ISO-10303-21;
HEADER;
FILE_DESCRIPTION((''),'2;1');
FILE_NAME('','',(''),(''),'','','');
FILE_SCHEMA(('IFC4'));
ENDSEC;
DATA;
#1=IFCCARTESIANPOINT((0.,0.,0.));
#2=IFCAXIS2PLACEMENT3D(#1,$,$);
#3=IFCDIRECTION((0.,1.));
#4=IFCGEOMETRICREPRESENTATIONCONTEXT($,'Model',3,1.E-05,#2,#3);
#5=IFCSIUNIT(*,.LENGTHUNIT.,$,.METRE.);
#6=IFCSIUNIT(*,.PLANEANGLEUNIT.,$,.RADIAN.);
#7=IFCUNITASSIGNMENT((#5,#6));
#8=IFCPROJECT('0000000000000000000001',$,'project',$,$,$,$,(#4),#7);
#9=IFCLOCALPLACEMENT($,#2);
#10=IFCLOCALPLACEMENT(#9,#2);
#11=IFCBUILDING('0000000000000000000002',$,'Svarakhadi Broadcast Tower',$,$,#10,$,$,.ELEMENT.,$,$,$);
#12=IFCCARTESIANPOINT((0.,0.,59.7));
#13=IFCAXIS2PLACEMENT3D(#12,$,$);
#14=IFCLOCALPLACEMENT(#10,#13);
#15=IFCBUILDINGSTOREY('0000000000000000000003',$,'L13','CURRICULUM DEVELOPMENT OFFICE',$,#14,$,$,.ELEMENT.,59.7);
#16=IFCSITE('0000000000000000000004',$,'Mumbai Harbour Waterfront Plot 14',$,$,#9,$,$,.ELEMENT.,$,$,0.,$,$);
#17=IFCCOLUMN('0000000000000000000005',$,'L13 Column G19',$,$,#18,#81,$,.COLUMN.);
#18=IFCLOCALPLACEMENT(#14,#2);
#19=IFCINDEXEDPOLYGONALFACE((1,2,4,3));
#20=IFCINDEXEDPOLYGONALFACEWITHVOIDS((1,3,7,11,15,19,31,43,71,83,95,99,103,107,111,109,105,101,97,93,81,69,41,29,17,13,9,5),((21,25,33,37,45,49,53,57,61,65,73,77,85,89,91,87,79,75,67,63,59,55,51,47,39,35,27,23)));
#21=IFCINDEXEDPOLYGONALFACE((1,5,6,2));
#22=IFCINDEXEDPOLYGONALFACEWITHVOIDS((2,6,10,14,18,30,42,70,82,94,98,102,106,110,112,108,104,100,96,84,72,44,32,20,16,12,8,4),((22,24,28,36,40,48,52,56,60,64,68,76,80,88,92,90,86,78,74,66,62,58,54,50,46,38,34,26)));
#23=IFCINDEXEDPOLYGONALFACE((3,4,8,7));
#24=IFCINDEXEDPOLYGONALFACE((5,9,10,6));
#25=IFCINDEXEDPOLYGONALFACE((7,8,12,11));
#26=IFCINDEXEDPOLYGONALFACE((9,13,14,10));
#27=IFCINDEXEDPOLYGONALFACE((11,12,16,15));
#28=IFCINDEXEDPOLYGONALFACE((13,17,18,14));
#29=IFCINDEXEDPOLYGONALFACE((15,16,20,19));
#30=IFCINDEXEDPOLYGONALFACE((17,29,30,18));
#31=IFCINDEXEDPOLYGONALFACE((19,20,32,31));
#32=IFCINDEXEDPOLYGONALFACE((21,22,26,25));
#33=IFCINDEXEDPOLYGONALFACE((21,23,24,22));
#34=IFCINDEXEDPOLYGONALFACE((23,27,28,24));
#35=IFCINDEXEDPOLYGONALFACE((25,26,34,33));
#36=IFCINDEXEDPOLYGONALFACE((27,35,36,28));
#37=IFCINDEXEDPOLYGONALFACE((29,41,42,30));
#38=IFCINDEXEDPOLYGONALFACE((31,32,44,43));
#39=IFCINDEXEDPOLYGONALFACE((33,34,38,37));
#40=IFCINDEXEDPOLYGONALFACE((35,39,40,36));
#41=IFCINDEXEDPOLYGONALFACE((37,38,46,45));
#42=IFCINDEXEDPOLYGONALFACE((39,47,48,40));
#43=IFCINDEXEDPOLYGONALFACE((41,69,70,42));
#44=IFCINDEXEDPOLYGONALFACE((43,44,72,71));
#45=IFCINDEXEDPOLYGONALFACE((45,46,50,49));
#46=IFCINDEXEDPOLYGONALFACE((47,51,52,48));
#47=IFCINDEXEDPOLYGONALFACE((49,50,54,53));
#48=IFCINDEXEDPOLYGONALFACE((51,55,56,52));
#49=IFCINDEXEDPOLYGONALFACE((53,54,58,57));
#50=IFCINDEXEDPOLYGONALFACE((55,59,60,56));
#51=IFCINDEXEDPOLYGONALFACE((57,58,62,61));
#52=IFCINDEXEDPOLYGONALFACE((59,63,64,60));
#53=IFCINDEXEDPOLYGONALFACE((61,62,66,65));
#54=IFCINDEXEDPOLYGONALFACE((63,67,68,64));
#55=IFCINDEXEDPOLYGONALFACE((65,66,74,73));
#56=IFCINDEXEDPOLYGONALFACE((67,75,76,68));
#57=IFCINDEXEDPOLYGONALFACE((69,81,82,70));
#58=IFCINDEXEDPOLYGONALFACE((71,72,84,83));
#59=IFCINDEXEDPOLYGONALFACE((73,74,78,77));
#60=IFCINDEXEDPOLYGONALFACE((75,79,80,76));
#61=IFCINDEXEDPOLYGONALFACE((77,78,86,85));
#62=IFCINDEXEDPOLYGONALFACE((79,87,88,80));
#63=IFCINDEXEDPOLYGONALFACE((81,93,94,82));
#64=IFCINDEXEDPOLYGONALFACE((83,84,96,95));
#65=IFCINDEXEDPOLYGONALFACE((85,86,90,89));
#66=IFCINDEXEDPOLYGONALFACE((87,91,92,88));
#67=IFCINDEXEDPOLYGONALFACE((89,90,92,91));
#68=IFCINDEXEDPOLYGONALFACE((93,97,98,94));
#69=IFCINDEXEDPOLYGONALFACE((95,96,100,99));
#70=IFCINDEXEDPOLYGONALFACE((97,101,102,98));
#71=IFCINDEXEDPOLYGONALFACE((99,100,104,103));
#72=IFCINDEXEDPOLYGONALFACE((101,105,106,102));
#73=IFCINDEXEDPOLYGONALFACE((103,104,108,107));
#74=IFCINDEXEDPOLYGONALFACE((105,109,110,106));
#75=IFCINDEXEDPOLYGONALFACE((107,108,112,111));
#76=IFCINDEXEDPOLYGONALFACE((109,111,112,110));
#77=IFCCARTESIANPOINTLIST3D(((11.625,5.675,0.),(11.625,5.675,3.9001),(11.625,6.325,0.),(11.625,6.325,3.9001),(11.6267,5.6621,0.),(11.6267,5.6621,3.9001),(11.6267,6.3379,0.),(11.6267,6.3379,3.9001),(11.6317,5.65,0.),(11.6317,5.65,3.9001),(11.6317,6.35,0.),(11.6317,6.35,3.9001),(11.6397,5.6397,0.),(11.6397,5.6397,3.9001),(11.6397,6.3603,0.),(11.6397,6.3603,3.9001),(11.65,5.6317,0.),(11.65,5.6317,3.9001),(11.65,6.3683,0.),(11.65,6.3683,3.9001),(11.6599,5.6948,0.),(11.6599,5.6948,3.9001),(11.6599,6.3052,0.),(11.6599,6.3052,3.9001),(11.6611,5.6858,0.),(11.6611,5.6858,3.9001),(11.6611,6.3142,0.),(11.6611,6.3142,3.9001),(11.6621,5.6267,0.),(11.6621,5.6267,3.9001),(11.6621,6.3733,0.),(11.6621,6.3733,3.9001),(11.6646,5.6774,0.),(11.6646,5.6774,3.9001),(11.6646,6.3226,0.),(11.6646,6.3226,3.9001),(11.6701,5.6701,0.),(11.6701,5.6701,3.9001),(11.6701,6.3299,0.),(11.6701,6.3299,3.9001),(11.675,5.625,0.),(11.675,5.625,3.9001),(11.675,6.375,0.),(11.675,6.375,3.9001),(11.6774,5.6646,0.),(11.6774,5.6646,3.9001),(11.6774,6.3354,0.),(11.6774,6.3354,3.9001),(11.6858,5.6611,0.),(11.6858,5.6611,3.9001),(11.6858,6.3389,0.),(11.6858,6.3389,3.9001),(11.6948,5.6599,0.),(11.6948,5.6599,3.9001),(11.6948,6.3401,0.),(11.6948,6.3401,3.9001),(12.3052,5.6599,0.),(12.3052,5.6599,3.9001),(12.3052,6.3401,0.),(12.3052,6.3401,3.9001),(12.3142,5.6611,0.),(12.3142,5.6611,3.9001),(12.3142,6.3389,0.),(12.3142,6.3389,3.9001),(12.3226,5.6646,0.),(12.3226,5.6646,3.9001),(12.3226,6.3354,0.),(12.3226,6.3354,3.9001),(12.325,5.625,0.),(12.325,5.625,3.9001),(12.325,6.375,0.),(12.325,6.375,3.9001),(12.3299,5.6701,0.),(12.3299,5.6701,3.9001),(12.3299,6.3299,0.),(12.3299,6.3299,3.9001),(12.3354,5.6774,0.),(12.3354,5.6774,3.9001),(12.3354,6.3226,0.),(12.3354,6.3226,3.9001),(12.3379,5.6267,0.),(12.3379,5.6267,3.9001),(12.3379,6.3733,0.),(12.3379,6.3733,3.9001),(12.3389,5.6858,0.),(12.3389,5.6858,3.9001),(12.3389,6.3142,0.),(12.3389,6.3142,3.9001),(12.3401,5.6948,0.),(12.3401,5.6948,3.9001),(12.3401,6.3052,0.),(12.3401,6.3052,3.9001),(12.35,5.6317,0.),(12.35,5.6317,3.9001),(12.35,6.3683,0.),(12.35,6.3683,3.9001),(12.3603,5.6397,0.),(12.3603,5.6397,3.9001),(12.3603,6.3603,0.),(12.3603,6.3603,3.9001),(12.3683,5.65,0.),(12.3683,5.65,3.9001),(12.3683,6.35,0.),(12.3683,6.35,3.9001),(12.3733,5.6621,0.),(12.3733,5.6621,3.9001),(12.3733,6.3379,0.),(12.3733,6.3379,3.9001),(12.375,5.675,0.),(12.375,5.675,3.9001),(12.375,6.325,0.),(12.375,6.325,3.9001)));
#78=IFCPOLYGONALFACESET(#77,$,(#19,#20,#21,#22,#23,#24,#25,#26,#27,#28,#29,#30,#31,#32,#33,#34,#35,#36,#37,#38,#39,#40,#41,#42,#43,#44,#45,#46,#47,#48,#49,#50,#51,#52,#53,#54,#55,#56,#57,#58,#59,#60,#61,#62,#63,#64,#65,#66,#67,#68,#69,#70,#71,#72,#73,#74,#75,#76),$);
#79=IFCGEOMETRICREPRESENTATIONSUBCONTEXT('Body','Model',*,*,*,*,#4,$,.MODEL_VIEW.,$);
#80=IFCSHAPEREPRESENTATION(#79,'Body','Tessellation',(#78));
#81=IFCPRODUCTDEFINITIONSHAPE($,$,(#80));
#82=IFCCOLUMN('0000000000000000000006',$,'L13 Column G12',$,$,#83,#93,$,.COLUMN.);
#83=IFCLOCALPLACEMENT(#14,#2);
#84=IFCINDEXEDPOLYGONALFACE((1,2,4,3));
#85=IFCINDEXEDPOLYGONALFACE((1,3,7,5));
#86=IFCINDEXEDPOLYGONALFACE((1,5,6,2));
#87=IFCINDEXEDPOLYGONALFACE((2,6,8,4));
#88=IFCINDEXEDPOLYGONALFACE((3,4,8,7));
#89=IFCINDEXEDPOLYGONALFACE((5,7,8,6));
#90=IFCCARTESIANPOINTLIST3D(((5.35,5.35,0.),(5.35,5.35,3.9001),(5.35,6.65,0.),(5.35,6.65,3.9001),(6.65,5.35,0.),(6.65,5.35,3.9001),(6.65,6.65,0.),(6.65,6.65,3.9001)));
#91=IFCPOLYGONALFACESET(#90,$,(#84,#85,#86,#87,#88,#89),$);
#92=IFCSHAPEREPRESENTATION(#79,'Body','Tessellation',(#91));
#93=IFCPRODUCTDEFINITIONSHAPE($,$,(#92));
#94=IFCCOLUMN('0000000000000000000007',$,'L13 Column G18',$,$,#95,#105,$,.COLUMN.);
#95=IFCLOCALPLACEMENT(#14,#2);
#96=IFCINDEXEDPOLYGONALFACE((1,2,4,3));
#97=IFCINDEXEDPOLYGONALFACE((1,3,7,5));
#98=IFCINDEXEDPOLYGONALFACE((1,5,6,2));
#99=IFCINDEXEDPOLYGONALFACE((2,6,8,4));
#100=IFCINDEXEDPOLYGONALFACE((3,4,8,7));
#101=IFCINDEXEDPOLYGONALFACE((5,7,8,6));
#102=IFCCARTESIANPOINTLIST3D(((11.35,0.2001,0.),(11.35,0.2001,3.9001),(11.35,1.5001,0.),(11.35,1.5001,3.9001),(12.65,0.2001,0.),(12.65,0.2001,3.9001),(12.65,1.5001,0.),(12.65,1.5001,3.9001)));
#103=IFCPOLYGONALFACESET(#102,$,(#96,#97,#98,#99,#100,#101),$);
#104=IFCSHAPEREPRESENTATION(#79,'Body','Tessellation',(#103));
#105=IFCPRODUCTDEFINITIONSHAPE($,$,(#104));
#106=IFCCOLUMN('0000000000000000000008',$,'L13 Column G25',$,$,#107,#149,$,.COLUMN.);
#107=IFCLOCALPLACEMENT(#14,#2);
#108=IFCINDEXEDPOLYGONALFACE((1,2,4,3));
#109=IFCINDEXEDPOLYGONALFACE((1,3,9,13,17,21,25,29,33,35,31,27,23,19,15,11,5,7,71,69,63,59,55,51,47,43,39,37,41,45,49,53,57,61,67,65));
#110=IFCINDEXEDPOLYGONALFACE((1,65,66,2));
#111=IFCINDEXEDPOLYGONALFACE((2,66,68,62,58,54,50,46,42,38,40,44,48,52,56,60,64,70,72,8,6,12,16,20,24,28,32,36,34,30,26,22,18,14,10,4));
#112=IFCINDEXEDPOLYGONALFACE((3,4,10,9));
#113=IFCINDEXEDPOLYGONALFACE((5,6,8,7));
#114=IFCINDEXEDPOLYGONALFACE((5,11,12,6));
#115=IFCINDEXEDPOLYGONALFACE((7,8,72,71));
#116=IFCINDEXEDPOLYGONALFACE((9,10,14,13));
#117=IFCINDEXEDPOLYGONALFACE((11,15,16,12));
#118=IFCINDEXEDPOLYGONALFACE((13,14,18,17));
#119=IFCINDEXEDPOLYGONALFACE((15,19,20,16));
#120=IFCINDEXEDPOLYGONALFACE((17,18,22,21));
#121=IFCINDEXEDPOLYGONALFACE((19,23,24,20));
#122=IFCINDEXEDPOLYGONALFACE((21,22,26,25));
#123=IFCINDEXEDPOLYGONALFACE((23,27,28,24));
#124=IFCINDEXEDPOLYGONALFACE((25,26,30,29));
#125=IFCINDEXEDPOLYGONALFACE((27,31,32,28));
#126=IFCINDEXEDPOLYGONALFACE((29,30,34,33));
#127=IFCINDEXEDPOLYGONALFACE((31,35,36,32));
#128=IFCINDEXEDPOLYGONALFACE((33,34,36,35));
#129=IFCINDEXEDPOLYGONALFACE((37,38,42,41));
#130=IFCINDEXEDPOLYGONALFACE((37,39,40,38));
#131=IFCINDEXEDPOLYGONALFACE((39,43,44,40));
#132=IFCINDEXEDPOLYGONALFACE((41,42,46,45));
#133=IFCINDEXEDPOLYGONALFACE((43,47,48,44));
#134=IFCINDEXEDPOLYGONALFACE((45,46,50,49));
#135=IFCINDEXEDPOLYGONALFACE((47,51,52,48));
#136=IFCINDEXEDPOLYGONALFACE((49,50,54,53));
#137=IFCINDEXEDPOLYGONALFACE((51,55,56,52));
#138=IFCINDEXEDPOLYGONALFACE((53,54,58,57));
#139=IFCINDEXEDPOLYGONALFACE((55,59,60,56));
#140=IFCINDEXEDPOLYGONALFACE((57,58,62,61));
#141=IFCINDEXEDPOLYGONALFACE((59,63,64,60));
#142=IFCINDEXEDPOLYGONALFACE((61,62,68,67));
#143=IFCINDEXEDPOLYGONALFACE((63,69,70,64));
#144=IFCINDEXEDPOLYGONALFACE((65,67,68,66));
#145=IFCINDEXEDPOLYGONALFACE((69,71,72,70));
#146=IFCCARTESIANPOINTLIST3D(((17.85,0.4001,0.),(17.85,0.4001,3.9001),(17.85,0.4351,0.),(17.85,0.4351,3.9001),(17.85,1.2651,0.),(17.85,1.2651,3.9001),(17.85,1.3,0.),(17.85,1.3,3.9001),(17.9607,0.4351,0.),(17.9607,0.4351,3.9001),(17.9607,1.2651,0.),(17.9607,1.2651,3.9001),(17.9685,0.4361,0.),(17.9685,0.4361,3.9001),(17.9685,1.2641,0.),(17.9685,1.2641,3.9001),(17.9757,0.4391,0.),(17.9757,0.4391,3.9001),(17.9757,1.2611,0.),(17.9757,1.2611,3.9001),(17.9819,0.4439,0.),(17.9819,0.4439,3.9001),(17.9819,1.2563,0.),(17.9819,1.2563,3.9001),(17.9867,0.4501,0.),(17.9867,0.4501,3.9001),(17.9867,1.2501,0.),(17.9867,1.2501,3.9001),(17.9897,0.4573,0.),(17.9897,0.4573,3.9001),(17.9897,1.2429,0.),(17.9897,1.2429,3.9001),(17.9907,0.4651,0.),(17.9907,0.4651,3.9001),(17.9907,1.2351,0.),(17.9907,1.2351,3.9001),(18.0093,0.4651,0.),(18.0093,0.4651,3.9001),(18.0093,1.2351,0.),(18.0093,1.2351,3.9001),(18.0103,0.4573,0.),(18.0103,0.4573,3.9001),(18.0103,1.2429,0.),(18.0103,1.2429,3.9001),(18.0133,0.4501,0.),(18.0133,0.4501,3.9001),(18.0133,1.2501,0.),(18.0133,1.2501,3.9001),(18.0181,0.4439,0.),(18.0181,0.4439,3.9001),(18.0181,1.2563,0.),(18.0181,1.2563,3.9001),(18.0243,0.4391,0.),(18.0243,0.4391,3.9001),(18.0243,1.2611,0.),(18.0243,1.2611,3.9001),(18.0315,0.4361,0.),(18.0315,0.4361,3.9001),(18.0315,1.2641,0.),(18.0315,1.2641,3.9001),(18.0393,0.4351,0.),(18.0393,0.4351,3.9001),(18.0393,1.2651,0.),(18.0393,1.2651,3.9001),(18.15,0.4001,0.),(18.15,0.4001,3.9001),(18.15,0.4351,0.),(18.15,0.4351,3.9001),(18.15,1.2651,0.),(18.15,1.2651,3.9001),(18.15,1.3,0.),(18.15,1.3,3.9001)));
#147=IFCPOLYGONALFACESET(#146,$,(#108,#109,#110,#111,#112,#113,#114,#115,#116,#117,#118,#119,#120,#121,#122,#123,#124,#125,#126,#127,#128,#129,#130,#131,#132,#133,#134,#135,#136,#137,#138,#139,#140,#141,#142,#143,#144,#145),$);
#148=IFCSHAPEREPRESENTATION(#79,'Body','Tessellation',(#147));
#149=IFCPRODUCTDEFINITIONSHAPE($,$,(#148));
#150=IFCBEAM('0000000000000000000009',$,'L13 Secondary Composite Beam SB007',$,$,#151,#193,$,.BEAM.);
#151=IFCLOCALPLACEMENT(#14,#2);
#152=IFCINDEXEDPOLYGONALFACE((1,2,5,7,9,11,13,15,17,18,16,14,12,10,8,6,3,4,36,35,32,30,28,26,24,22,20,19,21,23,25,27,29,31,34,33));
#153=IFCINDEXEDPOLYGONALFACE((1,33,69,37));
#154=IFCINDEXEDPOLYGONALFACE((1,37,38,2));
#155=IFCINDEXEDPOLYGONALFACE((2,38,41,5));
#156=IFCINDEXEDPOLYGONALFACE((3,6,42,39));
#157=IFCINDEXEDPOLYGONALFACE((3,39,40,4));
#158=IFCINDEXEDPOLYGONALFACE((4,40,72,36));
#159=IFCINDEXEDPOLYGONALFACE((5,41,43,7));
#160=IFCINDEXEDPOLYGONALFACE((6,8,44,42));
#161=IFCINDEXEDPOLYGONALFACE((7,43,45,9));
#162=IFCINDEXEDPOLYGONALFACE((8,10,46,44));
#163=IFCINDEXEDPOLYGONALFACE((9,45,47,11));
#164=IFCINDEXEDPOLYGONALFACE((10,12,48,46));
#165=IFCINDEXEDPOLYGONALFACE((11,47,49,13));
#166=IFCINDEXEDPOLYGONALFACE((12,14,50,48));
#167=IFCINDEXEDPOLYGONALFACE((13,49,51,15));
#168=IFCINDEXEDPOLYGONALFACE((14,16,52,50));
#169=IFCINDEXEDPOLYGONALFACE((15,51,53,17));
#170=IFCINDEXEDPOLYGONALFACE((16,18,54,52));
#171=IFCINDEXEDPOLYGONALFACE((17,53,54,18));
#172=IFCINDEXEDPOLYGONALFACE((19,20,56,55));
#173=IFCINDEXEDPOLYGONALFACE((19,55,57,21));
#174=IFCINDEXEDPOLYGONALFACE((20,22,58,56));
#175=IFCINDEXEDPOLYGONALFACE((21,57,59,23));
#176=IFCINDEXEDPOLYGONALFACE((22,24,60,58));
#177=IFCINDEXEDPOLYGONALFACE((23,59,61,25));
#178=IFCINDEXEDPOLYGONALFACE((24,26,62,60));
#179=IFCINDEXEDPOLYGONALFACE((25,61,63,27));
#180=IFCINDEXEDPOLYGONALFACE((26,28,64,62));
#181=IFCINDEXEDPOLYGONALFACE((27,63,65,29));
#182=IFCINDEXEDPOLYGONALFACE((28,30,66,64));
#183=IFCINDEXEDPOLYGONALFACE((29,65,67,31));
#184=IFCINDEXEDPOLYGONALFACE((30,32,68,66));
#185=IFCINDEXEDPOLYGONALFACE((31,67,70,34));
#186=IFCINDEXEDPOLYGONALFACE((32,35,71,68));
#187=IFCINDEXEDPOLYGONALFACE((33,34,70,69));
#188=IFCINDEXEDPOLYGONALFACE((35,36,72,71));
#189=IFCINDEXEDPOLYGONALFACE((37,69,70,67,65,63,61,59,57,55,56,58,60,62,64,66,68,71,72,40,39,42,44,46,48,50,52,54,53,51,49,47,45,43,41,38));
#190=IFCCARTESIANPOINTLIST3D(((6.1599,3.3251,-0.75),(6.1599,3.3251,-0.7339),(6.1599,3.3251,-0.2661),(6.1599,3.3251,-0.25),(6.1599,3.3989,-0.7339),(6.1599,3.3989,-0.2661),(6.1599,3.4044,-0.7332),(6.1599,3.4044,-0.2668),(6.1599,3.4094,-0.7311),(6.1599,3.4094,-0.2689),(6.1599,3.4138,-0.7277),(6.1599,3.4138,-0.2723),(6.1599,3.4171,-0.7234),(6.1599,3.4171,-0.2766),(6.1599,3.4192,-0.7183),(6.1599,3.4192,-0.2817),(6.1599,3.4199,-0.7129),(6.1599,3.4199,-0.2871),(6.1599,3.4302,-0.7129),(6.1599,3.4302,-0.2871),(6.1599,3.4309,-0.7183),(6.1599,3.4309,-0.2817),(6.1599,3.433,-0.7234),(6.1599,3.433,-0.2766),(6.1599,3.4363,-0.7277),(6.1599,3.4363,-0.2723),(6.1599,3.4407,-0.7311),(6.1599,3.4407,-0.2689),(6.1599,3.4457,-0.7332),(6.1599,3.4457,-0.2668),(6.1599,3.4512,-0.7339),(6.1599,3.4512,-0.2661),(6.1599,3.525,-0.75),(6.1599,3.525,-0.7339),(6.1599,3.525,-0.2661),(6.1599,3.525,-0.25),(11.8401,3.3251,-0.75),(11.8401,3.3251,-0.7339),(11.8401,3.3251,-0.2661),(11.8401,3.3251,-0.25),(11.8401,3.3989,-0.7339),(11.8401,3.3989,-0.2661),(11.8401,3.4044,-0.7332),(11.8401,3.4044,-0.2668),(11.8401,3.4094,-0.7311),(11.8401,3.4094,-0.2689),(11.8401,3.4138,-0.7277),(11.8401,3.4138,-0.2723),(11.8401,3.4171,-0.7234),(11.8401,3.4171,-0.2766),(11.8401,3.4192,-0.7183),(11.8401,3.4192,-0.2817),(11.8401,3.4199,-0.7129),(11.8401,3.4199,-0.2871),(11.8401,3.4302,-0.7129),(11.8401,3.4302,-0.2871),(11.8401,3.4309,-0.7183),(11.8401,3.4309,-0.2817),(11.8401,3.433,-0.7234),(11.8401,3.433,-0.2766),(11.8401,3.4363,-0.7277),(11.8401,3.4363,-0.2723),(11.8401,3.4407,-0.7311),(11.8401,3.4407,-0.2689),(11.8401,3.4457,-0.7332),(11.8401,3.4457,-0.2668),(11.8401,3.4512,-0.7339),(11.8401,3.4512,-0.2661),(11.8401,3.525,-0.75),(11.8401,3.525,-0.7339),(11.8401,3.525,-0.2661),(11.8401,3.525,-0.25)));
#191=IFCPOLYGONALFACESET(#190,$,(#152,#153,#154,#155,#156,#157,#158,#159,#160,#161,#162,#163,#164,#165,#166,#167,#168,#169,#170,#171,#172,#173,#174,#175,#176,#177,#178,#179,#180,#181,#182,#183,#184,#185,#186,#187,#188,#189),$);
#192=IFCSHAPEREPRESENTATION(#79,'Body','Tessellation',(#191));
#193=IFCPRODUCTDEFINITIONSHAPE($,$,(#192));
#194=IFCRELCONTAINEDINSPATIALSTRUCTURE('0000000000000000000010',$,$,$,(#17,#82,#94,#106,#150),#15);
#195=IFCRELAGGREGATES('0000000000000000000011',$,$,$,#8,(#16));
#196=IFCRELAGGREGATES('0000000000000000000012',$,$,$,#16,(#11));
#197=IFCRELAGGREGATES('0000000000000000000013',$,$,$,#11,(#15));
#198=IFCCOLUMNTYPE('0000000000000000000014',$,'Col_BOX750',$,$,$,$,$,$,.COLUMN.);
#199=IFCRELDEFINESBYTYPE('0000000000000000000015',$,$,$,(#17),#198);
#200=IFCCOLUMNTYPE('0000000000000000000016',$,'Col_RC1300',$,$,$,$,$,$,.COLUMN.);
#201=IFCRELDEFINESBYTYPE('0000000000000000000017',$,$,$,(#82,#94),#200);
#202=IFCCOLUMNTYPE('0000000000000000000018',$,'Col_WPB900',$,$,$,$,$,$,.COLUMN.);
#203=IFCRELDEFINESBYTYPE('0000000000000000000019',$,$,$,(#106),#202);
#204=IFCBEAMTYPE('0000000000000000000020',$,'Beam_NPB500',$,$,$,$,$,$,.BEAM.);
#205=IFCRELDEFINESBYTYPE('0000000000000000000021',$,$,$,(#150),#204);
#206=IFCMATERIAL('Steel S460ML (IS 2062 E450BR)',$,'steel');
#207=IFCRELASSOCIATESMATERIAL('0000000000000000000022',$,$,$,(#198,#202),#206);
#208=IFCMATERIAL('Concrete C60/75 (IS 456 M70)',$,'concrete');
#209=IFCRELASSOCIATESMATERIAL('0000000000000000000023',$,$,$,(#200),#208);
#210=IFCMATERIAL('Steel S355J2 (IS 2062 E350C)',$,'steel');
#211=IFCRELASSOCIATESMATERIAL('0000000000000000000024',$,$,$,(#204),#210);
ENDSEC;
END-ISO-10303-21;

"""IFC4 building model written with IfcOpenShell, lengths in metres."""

from ifc_helpers import new_model, si_unit, direction, frame, origin, origin_2d, place, context, subcontext, project, spatial, rectangle, hollow_rectangle, i_section, extrude, material, material_profile, profile_set, type_object, element, save


model = new_model("IFC4")

# Units and contexts
model_context = context("Model", 3, precision=1e-05, world=origin(), true_north=direction((0.0, 1.0)))
body_context = subcontext(model_context, "Body", "Model", "MODEL_VIEW")
ifc_project = project(units=[si_unit("LENGTHUNIT", "METRE"), si_unit("PLANEANGLEUNIT", "RADIAN")], contexts=[model_context])

# Site, building, storey
site_placement = place(None, origin())
site = spatial("IfcSite", under=ifc_project, at=site_placement, Name="Mumbai Harbour Waterfront Plot 14", CompositionType="ELEMENT", RefElevation=0.0)
building_placement = place(site_placement, origin())
building = spatial("IfcBuilding", under=site, at=building_placement, Name="Svarakhadi Broadcast Tower", CompositionType="ELEMENT")
storey_placement = place(building_placement, frame((0.0, 0.0, 59.7)))
storey = spatial("IfcBuildingStorey", under=building, at=storey_placement, Name="L13", Description="CURRICULUM DEVELOPMENT OFFICE", CompositionType="ELEMENT", Elevation=59.7)

# Columns
ifc_material_1 = material(Name="Steel S460ML (IS 2062 E450BR)", Category="steel")
ifc_material_profile_1 = material_profile(ifc_material_1, hollow_rectangle(XDim=0.75, YDim=0.75, WallThickness=0.0349, InnerFilletRadius=0.0349, OuterFilletRadius=0.05, at=origin_2d()), Name="BOX 750x750x35")
ifc_profile_set_1 = profile_set([ifc_material_profile_1], Name="Steel S460ML (IS 2062 E450BR)")
column_type_1 = type_object("IfcColumnType", Name="Col_BOX750", PredefinedType="COLUMN", material=ifc_profile_set_1)
column_1_placement = place(storey_placement, frame((12.0, 6.0, 0.0), z_axis=(0.0, 0.0, 1.0), x_axis=(1.0, 0.0, 0.0)))
element("IfcColumn", 1, at=column_1_placement, inside=storey, type_object=column_type_1, Name="L13 Column G19", PredefinedType="COLUMN", context=body_context, shape_type="SweptSolid", body=[
    extrude(hollow_rectangle(XDim=0.75, YDim=0.75, WallThickness=0.0349, InnerFilletRadius=0.0349, OuterFilletRadius=0.05, at=origin_2d()), origin(), (0.0, 0.0, 1.0), 3.9001),
])
ifc_material_2 = material(Name="Concrete C60/75 (IS 456 M70)", Category="concrete")
ifc_material_profile_2 = material_profile(ifc_material_2, rectangle(XDim=1.3, YDim=1.3, at=origin_2d()), Name="RC 1300x1300")
ifc_profile_set_2 = profile_set([ifc_material_profile_2], Name="Concrete C60/75 (IS 456 M70)")
column_type_2 = type_object("IfcColumnType", Name="Col_RC1300", PredefinedType="COLUMN", material=ifc_profile_set_2)
for number, where, z_axis, x_axis, name in (
    (2, (6.0, 6.0, 0.0), (0.0, 0.0, 1.0), (1.0, 0.0, 0.0), "L13 Column G12"),
    (3, (12.0, 0.8501, 0.0), (0.0, 0.0, 1.0), (1.0, 0.0, 0.0), "L13 Column G18"),
):
    element("IfcColumn", number, at=place(storey_placement, frame(where, z_axis=z_axis, x_axis=x_axis)), inside=storey, type_object=column_type_2, Name=name, PredefinedType="COLUMN", context=body_context, shape_type="SweptSolid", body=[
        extrude(rectangle(XDim=1.3, YDim=1.3, at=origin_2d()), origin(), (0.0, 0.0, 1.0), 3.9001),
    ])
ifc_material_profile_3 = material_profile(ifc_material_1, i_section(OverallWidth=0.3, OverallDepth=0.8999, WebThickness=0.0186, FlangeThickness=0.0349, FilletRadius=0.03, at=origin_2d()), Name="WPB 900x300x291")
ifc_profile_set_3 = profile_set([ifc_material_profile_3], Name="Steel S460ML (IS 2062 E450BR)")
column_type_3 = type_object("IfcColumnType", Name="Col_WPB900", PredefinedType="COLUMN", material=ifc_profile_set_3)
column_2_placement = place(storey_placement, frame((18.0, 0.8501, 0.0), z_axis=(0.0, 0.0, 1.0), x_axis=(1.0, 0.0, 0.0)))
element("IfcColumn", 4, at=column_2_placement, inside=storey, type_object=column_type_3, Name="L13 Column G25", PredefinedType="COLUMN", context=body_context, shape_type="SweptSolid", body=[
    extrude(i_section(OverallWidth=0.3, OverallDepth=0.8999, WebThickness=0.0186, FlangeThickness=0.0349, FilletRadius=0.03, at=origin_2d()), origin(), (0.0, 0.0, 1.0), 3.9001),
])

# Beam
ifc_material_3 = material(Name="Steel S355J2 (IS 2062 E350C)", Category="steel")
ifc_material_profile_4 = material_profile(ifc_material_3, i_section(OverallWidth=0.2, OverallDepth=0.5, WebThickness=0.0103, FlangeThickness=0.0161, FilletRadius=0.021, at=origin_2d()), Name="NPB 500x200x91")
ifc_profile_set_4 = profile_set([ifc_material_profile_4], Name="Steel S355J2 (IS 2062 E350C)")
beam_type_1 = type_object("IfcBeamType", Name="Beam_NPB500", PredefinedType="BEAM", material=ifc_profile_set_4)
for number, where, z_axis, x_axis, name in (
    (5, (6.1599, 3.425, -0.5), (1.0, 0.0, 0.0), (0.0, 1.0, 0.0), "L13 Secondary Composite Beam SB007"),
):
    element("IfcBeam", number, at=place(storey_placement, frame(where, z_axis=z_axis, x_axis=x_axis)), inside=storey, type_object=beam_type_1, Name=name, PredefinedType="BEAM", context=body_context, shape_type="SweptSolid", body=[
        extrude(i_section(OverallWidth=0.2, OverallDepth=0.5, WebThickness=0.0103, FlangeThickness=0.0161, FilletRadius=0.021, at=origin_2d()), origin(), (0.0, 0.0, 1.0), 5.6802),
    ])

save(model, "model.ifc")
